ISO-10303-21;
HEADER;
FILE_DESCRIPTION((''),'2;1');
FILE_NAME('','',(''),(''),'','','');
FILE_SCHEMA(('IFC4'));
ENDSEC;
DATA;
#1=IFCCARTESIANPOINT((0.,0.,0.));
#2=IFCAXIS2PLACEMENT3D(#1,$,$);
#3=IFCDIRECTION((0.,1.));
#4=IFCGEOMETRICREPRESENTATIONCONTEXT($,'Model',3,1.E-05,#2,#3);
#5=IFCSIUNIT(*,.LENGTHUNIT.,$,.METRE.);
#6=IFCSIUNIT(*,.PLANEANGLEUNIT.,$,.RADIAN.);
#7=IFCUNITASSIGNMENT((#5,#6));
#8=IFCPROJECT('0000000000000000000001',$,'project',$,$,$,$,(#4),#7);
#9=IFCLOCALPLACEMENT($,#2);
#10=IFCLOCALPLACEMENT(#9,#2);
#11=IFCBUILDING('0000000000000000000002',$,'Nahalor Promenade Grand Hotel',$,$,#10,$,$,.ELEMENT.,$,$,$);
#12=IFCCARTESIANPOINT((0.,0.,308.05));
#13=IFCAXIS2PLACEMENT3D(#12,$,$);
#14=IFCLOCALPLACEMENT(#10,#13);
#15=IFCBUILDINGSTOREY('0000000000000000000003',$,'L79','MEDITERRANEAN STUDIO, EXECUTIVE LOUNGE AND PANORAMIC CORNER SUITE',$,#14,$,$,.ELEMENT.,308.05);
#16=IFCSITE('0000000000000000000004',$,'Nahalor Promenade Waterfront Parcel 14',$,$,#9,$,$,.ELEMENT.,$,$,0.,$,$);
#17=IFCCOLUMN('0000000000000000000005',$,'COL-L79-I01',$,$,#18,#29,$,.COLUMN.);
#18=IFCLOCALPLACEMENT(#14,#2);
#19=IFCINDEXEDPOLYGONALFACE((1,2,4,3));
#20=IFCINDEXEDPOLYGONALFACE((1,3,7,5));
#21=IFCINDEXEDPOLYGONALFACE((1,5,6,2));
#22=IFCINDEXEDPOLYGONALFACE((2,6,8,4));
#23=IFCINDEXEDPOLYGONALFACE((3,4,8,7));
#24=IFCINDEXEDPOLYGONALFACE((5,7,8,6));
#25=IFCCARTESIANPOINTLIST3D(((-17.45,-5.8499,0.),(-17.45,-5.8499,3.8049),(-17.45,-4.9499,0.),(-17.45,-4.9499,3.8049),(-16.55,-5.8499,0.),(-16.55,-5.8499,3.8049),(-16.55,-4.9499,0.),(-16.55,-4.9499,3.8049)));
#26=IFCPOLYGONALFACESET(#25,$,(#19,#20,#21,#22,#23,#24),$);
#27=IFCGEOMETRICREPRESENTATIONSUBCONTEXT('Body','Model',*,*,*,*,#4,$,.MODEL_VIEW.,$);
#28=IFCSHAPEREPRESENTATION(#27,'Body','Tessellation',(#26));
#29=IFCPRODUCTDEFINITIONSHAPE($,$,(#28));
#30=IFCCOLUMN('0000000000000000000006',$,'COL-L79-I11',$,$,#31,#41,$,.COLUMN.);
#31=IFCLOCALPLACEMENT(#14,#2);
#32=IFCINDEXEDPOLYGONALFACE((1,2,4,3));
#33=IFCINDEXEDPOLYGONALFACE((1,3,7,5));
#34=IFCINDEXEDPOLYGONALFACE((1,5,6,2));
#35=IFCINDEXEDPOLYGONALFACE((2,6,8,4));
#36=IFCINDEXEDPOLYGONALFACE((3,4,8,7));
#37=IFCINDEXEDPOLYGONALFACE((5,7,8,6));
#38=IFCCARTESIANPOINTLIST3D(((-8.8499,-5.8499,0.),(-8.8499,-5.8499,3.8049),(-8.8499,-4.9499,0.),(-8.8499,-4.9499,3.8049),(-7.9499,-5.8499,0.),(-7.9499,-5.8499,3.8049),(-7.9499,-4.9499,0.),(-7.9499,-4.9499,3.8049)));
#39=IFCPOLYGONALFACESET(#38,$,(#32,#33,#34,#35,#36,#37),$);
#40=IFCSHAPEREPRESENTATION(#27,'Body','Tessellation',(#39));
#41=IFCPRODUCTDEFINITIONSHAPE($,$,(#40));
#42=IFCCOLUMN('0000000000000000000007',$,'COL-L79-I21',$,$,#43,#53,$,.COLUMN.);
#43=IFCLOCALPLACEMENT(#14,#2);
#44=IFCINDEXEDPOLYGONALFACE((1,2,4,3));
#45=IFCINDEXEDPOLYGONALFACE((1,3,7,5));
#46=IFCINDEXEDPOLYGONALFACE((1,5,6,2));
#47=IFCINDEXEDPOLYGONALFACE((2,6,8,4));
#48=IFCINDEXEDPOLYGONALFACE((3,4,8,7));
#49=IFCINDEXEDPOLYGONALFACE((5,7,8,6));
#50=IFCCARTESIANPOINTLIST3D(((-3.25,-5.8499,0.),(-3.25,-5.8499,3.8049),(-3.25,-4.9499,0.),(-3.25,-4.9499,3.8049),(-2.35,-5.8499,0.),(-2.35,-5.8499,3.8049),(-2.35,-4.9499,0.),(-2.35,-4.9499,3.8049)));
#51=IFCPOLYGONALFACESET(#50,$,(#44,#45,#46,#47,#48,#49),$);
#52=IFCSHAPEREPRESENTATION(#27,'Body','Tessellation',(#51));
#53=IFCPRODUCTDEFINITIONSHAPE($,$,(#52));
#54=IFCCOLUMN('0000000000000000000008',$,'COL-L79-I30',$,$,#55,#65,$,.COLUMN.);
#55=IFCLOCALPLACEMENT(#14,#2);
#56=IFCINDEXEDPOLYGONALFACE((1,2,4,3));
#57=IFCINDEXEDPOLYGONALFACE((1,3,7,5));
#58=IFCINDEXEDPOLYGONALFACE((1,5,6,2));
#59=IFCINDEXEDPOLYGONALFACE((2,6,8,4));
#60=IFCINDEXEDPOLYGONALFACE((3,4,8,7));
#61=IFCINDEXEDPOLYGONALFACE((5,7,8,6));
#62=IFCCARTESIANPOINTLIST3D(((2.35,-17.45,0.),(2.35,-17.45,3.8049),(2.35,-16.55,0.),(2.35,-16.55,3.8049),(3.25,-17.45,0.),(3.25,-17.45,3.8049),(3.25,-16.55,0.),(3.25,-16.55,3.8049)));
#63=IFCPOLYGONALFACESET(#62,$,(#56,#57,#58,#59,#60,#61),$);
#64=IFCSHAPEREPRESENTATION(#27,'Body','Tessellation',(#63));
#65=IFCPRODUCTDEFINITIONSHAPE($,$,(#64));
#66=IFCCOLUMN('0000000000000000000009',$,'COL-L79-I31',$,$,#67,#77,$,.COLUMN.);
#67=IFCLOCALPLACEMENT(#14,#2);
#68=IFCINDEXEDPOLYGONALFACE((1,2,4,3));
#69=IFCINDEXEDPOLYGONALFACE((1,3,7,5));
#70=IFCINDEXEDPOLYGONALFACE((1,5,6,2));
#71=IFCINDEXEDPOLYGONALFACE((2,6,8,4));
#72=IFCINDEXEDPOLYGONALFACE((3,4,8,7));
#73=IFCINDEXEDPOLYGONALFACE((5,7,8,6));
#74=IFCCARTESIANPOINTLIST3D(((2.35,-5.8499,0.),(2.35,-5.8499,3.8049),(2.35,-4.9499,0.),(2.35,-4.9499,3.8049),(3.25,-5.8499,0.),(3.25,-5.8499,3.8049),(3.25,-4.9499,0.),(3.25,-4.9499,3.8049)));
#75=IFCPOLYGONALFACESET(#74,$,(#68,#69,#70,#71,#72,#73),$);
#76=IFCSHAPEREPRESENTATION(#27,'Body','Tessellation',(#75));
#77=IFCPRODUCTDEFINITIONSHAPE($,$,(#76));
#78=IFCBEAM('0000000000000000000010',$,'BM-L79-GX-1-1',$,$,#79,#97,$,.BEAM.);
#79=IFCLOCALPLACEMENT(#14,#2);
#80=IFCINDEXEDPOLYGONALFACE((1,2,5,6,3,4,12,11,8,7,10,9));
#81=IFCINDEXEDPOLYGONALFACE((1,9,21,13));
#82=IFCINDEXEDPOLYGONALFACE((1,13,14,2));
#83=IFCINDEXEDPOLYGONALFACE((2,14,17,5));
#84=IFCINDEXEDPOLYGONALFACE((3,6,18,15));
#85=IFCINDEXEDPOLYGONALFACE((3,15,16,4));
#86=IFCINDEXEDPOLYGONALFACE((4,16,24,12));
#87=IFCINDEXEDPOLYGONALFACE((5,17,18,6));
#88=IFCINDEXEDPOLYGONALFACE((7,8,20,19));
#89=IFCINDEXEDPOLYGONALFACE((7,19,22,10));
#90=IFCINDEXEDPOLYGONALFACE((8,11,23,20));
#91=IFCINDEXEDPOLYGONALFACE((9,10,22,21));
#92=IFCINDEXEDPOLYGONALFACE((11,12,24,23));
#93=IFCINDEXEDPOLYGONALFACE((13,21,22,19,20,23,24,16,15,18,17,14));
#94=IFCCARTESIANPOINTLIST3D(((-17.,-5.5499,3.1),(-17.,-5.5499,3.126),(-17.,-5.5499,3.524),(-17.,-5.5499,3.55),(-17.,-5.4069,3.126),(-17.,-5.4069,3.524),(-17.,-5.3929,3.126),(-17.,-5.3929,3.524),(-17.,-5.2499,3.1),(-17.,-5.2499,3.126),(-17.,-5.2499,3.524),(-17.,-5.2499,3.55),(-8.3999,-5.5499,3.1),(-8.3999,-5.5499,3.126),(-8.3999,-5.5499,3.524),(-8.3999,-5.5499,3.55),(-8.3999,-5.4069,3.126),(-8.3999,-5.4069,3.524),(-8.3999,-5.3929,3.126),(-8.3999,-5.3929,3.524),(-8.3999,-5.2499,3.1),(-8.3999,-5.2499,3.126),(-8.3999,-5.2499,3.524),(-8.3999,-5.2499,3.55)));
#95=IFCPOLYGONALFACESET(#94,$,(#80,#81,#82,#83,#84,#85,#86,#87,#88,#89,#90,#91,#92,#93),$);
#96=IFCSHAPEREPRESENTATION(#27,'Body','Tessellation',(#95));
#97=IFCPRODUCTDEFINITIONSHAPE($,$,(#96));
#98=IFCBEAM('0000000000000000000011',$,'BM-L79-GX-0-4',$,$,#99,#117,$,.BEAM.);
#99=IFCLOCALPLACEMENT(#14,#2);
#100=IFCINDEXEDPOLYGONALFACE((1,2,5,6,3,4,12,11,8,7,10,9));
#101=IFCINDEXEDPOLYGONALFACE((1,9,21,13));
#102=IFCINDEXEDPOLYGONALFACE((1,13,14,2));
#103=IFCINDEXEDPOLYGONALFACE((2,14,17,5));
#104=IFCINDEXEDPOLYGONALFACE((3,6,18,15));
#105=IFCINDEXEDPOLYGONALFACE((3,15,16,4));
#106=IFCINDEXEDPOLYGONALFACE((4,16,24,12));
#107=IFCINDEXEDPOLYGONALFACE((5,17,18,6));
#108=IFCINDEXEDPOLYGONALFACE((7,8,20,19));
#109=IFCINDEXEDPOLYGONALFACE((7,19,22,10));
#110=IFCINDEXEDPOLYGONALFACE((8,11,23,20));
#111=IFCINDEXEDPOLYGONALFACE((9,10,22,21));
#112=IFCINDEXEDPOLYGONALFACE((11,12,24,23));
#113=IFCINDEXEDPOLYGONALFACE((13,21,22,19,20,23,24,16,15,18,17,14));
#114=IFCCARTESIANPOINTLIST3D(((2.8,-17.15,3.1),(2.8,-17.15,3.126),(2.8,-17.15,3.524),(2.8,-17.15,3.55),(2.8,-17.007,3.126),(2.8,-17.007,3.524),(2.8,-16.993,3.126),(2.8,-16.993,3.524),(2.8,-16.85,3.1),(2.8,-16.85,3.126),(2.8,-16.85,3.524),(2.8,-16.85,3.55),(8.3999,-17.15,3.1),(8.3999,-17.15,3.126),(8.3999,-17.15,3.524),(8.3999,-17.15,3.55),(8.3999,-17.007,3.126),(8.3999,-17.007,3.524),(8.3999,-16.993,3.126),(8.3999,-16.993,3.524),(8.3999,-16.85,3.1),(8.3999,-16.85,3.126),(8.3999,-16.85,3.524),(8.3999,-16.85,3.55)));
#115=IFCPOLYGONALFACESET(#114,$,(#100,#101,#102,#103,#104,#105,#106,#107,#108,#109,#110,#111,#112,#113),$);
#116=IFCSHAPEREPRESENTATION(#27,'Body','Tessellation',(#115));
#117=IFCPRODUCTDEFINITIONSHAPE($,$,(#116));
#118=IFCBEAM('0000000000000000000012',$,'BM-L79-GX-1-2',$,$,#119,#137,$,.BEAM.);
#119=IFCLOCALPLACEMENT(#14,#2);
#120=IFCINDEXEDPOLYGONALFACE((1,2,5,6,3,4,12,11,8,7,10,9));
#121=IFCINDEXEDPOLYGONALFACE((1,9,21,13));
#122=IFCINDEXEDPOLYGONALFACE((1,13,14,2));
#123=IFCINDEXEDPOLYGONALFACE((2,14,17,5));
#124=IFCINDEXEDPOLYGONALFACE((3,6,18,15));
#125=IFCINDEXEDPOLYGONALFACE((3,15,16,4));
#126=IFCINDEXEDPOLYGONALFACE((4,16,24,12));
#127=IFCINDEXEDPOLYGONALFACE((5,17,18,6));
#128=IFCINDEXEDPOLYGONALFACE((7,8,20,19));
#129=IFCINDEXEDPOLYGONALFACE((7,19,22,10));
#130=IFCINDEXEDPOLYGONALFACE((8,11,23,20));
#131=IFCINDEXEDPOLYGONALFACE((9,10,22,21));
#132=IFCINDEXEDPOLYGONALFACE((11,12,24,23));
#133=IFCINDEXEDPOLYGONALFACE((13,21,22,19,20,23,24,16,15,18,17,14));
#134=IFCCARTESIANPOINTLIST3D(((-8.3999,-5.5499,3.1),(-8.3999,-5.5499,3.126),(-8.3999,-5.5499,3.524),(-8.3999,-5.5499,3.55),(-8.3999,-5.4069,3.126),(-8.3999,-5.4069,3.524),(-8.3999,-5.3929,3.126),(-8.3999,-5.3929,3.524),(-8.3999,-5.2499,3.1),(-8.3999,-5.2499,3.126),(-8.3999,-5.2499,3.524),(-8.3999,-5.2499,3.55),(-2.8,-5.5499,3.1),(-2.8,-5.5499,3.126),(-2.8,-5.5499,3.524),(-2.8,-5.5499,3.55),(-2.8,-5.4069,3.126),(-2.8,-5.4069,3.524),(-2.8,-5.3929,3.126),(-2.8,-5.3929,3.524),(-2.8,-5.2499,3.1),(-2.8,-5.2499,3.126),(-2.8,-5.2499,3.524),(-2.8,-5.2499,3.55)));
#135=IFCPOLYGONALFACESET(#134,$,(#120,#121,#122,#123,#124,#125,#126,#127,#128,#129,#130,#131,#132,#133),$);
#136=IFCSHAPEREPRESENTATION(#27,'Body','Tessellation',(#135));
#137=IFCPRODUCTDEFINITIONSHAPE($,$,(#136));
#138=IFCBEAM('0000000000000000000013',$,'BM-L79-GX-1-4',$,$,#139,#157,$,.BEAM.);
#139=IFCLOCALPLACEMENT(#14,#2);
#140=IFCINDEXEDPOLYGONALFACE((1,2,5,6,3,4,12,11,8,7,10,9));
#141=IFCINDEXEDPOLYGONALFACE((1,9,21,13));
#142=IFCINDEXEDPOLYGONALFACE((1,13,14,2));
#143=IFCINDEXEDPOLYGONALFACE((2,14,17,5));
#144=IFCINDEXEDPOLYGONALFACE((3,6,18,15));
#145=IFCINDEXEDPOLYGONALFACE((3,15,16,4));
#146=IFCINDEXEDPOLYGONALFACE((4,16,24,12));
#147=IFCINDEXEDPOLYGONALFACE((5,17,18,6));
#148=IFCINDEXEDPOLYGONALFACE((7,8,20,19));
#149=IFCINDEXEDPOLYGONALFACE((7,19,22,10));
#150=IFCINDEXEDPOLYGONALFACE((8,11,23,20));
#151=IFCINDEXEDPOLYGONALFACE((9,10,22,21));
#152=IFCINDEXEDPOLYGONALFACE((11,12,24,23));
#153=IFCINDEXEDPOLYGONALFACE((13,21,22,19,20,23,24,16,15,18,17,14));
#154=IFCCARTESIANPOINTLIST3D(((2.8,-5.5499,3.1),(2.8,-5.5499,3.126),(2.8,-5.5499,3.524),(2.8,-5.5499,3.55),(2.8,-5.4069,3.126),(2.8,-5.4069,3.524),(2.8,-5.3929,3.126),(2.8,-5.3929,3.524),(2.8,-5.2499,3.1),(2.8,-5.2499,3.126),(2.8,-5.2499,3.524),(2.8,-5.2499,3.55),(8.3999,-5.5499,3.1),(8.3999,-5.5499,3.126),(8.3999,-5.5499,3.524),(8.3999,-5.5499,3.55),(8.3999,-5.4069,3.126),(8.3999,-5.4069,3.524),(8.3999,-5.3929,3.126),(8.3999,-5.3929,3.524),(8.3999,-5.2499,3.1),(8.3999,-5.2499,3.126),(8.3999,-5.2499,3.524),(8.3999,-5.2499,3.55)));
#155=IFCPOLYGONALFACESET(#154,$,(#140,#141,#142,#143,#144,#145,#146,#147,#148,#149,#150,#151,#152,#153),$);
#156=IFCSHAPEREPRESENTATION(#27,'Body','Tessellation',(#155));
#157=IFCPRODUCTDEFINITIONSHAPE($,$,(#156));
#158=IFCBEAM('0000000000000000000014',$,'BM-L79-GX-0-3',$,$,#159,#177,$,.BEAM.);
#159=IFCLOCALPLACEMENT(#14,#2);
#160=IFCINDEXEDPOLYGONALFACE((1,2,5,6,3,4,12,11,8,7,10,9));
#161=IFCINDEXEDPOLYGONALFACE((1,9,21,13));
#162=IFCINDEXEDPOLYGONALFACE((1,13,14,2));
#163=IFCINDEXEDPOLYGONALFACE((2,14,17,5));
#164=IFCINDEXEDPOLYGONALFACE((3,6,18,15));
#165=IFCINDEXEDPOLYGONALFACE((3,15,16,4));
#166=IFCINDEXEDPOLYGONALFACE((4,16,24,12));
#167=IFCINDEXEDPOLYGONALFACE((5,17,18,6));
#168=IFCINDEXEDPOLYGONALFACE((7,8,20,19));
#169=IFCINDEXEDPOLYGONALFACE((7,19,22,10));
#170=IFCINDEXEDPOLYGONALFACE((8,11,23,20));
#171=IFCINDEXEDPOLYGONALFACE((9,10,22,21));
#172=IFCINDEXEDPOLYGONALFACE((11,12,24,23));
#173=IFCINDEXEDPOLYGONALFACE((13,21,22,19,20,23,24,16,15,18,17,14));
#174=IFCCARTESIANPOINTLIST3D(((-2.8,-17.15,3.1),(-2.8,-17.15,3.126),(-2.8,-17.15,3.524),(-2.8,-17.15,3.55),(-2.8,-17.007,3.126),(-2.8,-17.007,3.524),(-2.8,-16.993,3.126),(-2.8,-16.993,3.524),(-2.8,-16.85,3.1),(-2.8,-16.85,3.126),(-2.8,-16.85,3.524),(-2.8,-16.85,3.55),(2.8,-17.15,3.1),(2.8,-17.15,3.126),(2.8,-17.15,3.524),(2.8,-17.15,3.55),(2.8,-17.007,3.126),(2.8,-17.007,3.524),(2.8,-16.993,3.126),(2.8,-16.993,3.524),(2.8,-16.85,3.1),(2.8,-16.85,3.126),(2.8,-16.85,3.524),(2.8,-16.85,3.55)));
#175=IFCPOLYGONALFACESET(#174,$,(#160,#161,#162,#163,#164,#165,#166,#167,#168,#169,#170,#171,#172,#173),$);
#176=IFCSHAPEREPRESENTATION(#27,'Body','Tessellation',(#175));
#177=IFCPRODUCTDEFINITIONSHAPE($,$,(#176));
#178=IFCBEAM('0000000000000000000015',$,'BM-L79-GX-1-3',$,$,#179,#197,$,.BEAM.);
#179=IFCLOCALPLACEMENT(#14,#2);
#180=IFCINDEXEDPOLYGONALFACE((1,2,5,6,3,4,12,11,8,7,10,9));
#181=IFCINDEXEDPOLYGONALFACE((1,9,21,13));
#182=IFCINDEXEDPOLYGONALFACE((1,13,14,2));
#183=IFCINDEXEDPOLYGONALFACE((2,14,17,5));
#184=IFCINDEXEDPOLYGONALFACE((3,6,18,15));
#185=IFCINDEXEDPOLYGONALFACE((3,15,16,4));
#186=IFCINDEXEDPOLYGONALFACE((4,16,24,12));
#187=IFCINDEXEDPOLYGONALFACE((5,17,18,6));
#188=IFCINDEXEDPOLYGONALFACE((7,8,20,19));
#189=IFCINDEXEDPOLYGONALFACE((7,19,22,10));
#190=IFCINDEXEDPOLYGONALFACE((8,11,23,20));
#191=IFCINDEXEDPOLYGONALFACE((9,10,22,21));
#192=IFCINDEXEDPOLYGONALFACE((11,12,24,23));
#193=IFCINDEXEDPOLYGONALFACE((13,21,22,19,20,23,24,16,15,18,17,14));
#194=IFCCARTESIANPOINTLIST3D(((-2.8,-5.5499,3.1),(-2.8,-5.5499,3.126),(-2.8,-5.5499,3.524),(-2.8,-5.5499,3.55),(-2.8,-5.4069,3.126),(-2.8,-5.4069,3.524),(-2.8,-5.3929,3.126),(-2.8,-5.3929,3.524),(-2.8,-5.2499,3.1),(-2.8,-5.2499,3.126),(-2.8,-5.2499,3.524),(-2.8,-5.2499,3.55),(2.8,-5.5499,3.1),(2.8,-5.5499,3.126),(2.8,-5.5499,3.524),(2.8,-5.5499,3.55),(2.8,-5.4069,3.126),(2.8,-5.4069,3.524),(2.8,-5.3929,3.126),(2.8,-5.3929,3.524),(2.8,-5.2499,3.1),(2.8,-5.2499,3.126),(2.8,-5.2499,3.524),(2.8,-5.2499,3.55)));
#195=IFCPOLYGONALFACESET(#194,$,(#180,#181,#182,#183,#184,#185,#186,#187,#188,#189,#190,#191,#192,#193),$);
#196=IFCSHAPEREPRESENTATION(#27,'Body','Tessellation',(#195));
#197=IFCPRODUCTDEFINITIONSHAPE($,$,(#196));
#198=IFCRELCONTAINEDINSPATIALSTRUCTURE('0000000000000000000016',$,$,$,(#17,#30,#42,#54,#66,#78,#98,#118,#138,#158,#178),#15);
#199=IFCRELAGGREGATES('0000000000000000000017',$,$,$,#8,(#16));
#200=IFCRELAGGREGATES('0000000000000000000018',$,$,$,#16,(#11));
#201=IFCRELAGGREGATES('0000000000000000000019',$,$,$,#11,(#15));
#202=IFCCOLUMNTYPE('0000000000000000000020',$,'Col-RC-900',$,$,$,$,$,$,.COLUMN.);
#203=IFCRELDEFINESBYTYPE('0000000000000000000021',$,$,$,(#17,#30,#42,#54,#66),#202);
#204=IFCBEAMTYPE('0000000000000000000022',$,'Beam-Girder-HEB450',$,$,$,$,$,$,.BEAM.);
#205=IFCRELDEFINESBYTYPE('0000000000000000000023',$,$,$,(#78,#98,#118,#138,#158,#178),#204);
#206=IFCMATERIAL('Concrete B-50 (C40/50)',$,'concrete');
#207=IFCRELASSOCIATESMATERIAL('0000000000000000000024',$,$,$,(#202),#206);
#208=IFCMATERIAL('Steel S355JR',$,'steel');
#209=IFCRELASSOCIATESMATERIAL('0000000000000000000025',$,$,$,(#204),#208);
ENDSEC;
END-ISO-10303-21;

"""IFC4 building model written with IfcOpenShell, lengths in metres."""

from ifc_helpers import new_model, si_unit, direction, frame, origin, origin_2d, place, context, subcontext, project, spatial, rectangle, i_section, extrude, source, transform, mapped, material, material_profile, profile_set, type_object, element, save


model = new_model("IFC4")

# Units and contexts
model_context = context("Model", 3, precision=1e-05, world=origin(), true_north=direction((0.0, 1.0)))
body_context = subcontext(model_context, "Body", "Model", "MODEL_VIEW")
ifc_project = project(units=[si_unit("LENGTHUNIT", "METRE"), si_unit("PLANEANGLEUNIT", "RADIAN")], contexts=[model_context])

# Site, building, storey
site_placement = place(None, origin())
site = spatial("IfcSite", under=ifc_project, at=site_placement, Name="Nahalor Promenade Waterfront Parcel 14", CompositionType="ELEMENT", RefElevation=0.0)
building_placement = place(site_placement, origin())
building = spatial("IfcBuilding", under=site, at=building_placement, Name="Nahalor Promenade Grand Hotel", CompositionType="ELEMENT")
storey_placement = place(building_placement, frame((0.0, 0.0, 308.05)))
storey = spatial("IfcBuildingStorey", under=building, at=storey_placement, Name="L79", Description="MEDITERRANEAN STUDIO, EXECUTIVE LOUNGE AND PANORAMIC CORNER SUITE", CompositionType="ELEMENT", Elevation=308.05)

# Columns
ifc_material_1 = material(Name="Concrete B-50 (C40/50)", Category="concrete")
ifc_material_profile_1 = material_profile(ifc_material_1, rectangle(XDim=0.9, YDim=0.9, at=origin_2d()), Name="RC 900x900")
ifc_profile_set_1 = profile_set([ifc_material_profile_1], Name="Concrete B-50 (C40/50)")
column_type = type_object("IfcColumnType", Name="Col-RC-900", PredefinedType="COLUMN", material=ifc_profile_set_1)
shared_shape_1 = source(origin(), body_context, "Body", "SweptSolid", [
    extrude(rectangle(XDim=0.9, YDim=0.9, at=origin_2d()), origin(), (0.0, 0.0, 1.0), 3.8049),
])
for number, where, z_axis, x_axis, name in (
    (1, (-17.0, -5.3999, 0.0), (0.0, 0.0, 1.0), (1.0, 0.0, 0.0), "COL-L79-I01"),
    (2, (-8.3999, -5.3999, 0.0), (0.0, 0.0, 1.0), (1.0, 0.0, 0.0), "COL-L79-I11"),
    (3, (-2.8, -5.3999, 0.0), (0.0, 0.0, 1.0), (1.0, 0.0, 0.0), "COL-L79-I21"),
    (4, (2.8, -17.0, 0.0), (0.0, 0.0, 1.0), (1.0, 0.0, 0.0), "COL-L79-I30"),
    (5, (2.8, -5.3999, 0.0), (0.0, 0.0, 1.0), (1.0, 0.0, 0.0), "COL-L79-I31"),
):
    element("IfcColumn", number, at=place(storey_placement, frame(where, z_axis=z_axis, x_axis=x_axis)), inside=storey, type_object=column_type, Name=name, PredefinedType="COLUMN", context=body_context, shape_type="MappedRepresentation", body=[
        mapped(shared_shape_1, transform((0.0, 0.0, 0.0), scale=1.0)),
    ])

# Beams
ifc_material_2 = material(Name="Steel S355JR", Category="steel")
ifc_material_profile_2 = material_profile(ifc_material_2, i_section(OverallWidth=0.3, OverallDepth=0.45, WebThickness=0.014, FlangeThickness=0.026, at=origin_2d()), Name="HEB 450")
ifc_profile_set_2 = profile_set([ifc_material_profile_2], Name="Steel S355JR")
beam_type_1 = type_object("IfcBeamType", Name="Beam-Girder-HEB450", PredefinedType="BEAM", material=ifc_profile_set_2)
shared_shape_2 = source(origin(), body_context, "Body", "SweptSolid", [
    extrude(i_section(OverallWidth=0.3, OverallDepth=0.45, WebThickness=0.014, FlangeThickness=0.026, at=origin_2d()), origin(), (0.0, 0.0, 1.0), 8.6001),
])
beam_1_placement = place(storey_placement, frame((-17.0, -5.3999, 3.325), z_axis=(1.0, 0.0, 0.0), x_axis=(0.0, 1.0, 0.0)))
element("IfcBeam", 6, at=beam_1_placement, inside=storey, type_object=beam_type_1, Name="BM-L79-GX-1-1", PredefinedType="BEAM", context=body_context, shape_type="MappedRepresentation", body=[
    mapped(shared_shape_2, transform((0.0, 0.0, 0.0), scale=1.0)),
])
shared_shape_3 = source(origin(), body_context, "Body", "SweptSolid", [
    extrude(i_section(OverallWidth=0.3, OverallDepth=0.45, WebThickness=0.014, FlangeThickness=0.026, at=origin_2d()), origin(), (0.0, 0.0, 1.0), 5.5999),
])
for number, where, z_axis, x_axis, name in (
    (7, (2.8, -17.0, 3.325), (1.0, 0.0, 0.0), (0.0, 1.0, 0.0), "BM-L79-GX-0-4"),
    (8, (-8.3999, -5.3999, 3.325), (1.0, 0.0, 0.0), (0.0, 1.0, 0.0), "BM-L79-GX-1-2"),
    (9, (2.8, -5.3999, 3.325), (1.0, 0.0, 0.0), (0.0, 1.0, 0.0), "BM-L79-GX-1-4"),
):
    element("IfcBeam", number, at=place(storey_placement, frame(where, z_axis=z_axis, x_axis=x_axis)), inside=storey, type_object=beam_type_1, Name=name, PredefinedType="BEAM", context=body_context, shape_type="MappedRepresentation", body=[
        mapped(shared_shape_3, transform((0.0, 0.0, 0.0), scale=1.0)),
    ])
shared_shape_4 = source(origin(), body_context, "Body", "SweptSolid", [
    extrude(i_section(OverallWidth=0.3, OverallDepth=0.45, WebThickness=0.014, FlangeThickness=0.026, at=origin_2d()), origin(), (0.0, 0.0, 1.0), 5.6001),
])
for number, where, z_axis, x_axis, name in (
    (10, (-2.8, -17.0, 3.325), (1.0, 0.0, 0.0), (0.0, 1.0, 0.0), "BM-L79-GX-0-3"),
    (11, (-2.8, -5.3999, 3.325), (1.0, 0.0, 0.0), (0.0, 1.0, 0.0), "BM-L79-GX-1-3"),
):
    element("IfcBeam", number, at=place(storey_placement, frame(where, z_axis=z_axis, x_axis=x_axis)), inside=storey, type_object=beam_type_1, Name=name, PredefinedType="BEAM", context=body_context, shape_type="MappedRepresentation", body=[
        mapped(shared_shape_4, transform((0.0, 0.0, 0.0), scale=1.0)),
    ])

save(model, "model.ifc")
